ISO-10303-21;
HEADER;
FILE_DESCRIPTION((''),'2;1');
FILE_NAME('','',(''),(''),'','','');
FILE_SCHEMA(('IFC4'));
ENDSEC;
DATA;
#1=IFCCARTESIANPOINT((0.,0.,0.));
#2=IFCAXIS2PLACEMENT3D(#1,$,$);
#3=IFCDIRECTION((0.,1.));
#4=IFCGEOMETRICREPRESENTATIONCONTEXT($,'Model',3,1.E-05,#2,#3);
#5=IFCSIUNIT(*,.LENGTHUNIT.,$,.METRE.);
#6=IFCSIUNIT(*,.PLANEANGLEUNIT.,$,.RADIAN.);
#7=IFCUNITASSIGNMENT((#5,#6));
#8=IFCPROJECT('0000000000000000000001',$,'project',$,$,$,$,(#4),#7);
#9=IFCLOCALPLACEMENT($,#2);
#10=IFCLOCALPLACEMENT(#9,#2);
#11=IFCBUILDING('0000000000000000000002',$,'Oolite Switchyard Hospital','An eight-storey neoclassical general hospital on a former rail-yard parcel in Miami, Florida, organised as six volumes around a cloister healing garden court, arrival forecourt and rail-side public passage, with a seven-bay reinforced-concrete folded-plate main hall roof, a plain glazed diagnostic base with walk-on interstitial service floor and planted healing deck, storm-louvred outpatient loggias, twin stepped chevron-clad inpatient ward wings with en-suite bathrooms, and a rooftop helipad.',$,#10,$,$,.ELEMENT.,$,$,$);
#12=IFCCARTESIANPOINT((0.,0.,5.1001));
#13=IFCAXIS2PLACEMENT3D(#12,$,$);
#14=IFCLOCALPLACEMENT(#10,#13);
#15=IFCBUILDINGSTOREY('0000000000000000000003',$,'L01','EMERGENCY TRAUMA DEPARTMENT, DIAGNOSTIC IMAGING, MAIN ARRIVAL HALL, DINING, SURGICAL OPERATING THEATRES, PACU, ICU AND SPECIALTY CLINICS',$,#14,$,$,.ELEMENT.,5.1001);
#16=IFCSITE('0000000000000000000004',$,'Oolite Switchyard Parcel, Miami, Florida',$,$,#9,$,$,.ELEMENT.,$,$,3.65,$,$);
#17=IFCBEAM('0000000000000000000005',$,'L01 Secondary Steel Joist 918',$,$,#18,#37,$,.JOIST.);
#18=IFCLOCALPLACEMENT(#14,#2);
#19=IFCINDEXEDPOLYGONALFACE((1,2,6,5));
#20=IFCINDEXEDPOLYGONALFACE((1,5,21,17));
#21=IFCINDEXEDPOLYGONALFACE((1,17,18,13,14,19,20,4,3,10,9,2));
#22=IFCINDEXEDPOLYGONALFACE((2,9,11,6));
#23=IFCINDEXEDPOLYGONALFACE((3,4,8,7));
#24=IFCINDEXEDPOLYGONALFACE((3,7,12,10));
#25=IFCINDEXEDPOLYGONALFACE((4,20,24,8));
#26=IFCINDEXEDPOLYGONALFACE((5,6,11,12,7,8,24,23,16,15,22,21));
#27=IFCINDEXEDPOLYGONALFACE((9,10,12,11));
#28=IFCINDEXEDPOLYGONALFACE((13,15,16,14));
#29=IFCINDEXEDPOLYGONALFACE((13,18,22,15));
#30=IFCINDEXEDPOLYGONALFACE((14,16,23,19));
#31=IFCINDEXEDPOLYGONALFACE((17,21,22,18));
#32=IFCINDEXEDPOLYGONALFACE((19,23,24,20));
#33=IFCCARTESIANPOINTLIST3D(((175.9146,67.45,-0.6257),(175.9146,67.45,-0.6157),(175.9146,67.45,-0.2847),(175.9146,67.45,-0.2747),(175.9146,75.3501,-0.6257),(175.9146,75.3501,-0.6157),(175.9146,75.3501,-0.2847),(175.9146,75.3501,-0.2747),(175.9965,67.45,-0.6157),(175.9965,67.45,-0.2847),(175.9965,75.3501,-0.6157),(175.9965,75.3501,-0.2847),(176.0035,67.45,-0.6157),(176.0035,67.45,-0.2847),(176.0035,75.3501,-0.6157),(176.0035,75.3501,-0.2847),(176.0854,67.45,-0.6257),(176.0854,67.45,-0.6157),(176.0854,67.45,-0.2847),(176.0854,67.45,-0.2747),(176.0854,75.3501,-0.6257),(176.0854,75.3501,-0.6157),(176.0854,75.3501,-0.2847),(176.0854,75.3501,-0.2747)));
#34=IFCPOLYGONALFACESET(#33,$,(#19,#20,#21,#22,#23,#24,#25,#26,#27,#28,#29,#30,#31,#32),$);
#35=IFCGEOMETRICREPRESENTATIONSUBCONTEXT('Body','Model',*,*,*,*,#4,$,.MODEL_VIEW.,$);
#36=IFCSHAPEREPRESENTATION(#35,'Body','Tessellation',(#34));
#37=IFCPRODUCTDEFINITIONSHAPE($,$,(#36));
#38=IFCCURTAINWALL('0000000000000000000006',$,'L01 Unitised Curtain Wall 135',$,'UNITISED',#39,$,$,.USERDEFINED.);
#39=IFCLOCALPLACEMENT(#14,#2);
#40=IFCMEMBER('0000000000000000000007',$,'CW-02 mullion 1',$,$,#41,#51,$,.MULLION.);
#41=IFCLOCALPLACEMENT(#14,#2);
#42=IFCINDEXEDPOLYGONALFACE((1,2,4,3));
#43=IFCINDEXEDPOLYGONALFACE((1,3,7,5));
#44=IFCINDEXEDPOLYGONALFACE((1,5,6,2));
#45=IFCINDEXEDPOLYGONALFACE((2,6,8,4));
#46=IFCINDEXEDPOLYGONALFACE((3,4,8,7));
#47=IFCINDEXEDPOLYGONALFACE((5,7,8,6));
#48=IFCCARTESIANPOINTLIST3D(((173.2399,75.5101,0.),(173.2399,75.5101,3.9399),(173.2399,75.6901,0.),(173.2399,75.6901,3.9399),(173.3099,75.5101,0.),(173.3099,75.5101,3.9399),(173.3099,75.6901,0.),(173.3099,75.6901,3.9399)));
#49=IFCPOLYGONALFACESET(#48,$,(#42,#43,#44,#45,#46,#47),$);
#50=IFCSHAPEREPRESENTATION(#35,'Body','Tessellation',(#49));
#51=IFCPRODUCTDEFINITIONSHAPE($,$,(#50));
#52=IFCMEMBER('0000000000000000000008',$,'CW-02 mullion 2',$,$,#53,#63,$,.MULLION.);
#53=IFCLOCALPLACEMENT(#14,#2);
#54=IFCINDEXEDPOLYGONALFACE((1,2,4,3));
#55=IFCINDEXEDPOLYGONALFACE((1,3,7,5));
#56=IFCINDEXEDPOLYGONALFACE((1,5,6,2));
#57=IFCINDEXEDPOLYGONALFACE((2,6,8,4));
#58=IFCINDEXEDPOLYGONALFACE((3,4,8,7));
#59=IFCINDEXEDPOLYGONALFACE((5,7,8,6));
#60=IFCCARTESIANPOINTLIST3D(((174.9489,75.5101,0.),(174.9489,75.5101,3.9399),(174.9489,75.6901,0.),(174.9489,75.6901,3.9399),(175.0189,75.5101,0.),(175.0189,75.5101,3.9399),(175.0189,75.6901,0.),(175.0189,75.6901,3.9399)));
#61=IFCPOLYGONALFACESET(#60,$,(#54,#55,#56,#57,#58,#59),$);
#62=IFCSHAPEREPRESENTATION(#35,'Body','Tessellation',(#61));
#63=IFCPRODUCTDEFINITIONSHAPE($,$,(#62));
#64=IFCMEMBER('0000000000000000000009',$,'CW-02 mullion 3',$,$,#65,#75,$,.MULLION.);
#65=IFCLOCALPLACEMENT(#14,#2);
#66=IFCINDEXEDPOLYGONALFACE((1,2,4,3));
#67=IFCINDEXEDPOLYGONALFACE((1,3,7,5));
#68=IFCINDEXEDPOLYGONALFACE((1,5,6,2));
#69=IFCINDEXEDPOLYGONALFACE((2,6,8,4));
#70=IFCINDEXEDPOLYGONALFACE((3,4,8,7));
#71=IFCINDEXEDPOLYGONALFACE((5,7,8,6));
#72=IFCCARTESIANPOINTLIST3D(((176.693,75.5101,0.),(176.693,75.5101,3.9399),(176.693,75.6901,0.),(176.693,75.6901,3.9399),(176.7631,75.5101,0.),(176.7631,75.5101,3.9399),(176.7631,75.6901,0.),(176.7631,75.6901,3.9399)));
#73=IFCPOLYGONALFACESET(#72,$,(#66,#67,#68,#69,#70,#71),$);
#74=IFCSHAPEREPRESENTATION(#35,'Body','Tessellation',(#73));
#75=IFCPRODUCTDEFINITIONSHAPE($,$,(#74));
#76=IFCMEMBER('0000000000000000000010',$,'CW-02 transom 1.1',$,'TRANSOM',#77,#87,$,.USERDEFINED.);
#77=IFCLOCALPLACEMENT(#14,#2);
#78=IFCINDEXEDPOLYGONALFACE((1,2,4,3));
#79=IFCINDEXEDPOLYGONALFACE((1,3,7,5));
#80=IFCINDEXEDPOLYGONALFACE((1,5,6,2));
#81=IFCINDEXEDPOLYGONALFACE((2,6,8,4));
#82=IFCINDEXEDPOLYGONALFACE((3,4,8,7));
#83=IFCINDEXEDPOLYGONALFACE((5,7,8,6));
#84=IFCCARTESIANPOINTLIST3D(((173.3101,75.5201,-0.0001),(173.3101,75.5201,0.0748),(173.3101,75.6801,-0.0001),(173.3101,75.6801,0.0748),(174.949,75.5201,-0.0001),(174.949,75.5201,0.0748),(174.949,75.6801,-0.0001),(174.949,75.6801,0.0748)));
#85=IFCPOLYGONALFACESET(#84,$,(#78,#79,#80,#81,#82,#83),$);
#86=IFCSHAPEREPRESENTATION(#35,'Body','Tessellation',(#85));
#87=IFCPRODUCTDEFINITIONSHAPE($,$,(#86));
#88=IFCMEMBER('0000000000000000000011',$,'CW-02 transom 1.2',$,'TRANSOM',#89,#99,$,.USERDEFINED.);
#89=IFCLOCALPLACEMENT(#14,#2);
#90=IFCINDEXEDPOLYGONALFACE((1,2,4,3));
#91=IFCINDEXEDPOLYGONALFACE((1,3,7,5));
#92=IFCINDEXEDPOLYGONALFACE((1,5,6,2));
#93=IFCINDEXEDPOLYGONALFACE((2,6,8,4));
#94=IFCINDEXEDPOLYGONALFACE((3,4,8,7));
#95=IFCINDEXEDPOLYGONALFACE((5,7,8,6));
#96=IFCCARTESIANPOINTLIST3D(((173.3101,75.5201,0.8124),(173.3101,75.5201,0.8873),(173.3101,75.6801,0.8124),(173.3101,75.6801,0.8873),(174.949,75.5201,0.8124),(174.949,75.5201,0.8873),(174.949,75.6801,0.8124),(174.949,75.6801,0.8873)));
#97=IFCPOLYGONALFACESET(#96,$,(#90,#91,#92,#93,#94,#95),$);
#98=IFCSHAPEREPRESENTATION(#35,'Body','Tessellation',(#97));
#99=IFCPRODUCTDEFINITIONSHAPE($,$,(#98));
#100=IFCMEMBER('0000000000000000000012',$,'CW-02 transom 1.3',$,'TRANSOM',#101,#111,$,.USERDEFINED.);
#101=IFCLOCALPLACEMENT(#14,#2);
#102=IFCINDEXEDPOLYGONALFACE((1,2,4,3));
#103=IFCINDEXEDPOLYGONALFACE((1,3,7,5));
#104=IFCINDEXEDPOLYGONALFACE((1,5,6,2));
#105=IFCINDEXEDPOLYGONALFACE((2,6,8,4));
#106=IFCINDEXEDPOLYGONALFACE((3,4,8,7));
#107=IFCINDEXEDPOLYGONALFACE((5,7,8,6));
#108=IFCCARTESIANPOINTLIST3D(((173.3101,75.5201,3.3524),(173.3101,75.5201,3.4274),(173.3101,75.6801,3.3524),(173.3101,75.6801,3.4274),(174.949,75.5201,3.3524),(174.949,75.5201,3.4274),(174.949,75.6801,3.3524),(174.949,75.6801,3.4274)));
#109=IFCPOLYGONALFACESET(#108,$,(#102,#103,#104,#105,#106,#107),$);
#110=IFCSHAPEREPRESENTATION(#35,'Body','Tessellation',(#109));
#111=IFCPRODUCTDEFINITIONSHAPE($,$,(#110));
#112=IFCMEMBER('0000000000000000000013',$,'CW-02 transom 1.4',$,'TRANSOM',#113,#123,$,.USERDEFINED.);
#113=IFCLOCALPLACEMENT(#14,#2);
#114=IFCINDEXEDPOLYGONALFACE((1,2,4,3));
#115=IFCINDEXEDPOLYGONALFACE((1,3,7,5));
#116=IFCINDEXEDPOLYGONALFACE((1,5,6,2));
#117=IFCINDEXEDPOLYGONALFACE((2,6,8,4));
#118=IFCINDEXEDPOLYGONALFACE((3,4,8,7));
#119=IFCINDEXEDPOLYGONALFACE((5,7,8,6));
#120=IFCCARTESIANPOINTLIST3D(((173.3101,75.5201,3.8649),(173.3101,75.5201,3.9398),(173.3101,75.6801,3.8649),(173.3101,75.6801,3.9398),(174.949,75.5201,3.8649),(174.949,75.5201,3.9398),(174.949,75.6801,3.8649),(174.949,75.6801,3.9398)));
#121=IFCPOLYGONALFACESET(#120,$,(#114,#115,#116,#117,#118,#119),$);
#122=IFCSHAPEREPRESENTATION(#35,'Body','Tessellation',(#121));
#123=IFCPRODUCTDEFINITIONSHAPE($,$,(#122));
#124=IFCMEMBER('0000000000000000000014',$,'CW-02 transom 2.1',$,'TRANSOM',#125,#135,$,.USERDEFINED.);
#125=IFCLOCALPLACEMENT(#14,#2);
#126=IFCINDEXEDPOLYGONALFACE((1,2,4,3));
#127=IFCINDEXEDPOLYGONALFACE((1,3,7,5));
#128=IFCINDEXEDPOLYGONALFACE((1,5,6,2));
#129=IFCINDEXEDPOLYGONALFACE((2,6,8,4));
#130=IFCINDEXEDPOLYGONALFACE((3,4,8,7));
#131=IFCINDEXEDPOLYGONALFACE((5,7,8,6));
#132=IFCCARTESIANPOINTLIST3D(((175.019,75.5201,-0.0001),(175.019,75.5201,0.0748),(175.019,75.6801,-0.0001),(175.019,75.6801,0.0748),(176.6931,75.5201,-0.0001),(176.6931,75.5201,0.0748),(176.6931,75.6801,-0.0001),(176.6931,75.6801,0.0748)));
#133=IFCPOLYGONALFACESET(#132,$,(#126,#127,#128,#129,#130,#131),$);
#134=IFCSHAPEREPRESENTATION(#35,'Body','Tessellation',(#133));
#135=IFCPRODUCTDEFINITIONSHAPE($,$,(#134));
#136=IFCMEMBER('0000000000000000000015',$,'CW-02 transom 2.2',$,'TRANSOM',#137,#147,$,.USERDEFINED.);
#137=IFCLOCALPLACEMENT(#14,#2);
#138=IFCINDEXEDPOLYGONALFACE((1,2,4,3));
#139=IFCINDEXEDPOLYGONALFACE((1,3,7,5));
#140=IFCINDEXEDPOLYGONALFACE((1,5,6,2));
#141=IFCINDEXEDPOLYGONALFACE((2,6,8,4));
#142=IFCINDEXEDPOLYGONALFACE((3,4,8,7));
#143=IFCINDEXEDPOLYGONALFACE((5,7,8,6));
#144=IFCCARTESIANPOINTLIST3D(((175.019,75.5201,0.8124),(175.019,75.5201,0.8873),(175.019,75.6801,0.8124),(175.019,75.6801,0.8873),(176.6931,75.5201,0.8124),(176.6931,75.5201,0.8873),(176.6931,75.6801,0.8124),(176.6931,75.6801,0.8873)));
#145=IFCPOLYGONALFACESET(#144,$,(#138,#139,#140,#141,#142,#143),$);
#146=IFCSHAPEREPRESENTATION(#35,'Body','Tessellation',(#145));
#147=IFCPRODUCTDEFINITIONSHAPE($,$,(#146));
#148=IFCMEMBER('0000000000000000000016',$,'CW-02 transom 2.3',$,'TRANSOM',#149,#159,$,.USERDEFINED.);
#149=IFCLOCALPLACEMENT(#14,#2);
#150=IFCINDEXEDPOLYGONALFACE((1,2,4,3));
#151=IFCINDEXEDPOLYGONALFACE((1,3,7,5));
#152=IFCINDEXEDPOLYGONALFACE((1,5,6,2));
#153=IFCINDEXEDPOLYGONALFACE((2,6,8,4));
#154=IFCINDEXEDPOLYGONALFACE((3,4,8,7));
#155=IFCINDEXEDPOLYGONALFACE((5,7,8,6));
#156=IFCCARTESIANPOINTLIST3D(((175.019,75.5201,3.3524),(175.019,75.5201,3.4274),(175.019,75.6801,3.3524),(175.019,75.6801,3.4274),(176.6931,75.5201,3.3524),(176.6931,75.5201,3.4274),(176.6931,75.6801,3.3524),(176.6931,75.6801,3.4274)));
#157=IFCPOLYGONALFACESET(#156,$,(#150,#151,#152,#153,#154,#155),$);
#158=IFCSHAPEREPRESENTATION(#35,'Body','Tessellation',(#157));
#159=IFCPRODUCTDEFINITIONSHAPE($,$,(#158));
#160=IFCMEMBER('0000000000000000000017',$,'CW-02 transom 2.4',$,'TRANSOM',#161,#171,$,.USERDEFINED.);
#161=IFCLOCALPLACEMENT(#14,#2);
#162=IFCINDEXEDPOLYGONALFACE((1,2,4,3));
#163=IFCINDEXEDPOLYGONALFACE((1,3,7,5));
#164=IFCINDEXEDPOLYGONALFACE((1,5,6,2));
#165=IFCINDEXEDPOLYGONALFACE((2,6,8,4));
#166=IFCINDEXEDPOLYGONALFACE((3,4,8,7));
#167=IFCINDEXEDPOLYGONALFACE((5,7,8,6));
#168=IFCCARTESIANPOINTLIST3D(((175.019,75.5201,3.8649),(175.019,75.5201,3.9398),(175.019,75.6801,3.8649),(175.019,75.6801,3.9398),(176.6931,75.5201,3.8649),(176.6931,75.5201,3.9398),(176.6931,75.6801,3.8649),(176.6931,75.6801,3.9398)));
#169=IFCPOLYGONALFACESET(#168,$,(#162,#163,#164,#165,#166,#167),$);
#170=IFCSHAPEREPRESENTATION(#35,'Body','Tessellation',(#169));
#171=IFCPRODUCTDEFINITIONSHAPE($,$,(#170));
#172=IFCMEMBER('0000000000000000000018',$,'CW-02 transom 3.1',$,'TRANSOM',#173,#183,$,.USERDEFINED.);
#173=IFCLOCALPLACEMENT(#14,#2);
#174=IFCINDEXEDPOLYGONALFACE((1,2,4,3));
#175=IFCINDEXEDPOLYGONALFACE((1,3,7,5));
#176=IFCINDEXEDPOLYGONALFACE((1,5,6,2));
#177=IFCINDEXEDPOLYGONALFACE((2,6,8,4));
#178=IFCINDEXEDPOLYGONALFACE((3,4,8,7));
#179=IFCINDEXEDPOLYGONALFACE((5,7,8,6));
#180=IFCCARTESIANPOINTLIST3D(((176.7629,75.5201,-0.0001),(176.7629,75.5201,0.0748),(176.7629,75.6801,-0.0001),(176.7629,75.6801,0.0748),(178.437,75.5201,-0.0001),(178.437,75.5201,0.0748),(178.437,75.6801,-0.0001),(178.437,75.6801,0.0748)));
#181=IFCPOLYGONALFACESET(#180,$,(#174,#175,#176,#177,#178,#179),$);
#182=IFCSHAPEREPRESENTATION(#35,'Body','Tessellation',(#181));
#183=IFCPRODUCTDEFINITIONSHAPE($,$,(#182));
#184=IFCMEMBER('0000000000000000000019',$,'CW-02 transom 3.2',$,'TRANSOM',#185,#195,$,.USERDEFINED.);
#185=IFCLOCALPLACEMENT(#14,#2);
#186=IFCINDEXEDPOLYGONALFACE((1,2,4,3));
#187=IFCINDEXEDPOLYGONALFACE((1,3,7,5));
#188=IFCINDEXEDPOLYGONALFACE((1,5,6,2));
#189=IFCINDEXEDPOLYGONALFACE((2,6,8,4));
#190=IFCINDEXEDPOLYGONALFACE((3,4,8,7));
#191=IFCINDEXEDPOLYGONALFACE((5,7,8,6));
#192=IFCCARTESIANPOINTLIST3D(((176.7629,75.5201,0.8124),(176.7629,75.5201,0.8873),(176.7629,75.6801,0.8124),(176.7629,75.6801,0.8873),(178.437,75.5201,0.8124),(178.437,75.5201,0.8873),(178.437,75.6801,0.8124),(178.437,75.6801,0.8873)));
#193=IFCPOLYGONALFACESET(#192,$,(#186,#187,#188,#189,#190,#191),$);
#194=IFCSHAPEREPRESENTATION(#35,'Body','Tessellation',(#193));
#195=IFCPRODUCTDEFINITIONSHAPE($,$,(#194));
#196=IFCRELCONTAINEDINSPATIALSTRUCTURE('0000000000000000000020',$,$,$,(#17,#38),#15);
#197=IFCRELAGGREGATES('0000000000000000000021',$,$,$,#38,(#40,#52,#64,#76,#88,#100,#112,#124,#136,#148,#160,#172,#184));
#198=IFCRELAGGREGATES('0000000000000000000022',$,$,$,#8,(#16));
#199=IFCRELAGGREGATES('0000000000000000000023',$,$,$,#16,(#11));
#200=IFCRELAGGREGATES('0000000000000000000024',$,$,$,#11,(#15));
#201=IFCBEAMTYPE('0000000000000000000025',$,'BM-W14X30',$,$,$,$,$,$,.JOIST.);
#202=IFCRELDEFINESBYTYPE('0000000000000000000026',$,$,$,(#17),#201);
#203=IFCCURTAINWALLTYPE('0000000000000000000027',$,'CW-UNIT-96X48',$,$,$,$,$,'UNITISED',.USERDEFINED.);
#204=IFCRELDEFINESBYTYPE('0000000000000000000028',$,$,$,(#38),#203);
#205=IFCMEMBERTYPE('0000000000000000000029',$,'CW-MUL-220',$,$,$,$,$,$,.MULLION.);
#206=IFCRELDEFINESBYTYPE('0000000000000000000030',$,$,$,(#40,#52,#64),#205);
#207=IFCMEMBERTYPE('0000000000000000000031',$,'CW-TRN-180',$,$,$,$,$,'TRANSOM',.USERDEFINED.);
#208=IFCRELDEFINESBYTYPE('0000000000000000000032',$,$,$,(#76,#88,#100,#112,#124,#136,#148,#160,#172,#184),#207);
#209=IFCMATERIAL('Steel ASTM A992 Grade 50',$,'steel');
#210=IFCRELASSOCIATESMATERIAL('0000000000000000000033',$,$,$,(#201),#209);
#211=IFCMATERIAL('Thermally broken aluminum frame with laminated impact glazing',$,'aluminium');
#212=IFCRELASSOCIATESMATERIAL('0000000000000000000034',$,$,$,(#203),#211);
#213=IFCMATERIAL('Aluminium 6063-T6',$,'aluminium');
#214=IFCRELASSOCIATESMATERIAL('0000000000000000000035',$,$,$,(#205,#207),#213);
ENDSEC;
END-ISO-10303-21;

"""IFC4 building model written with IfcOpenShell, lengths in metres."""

from ifc_helpers import new_model, si_unit, direction, frame, origin, origin_2d, place, context, subcontext, project, spatial, rectangle, i_section, extrude, material, material_profile, profile_set, type_object, element, aggregate, save


model = new_model("IFC4")

# Units and contexts
model_context = context("Model", 3, precision=1e-05, world=origin(), true_north=direction((0.0, 1.0)))
body_context = subcontext(model_context, "Body", "Model", "MODEL_VIEW")
ifc_project = project(units=[si_unit("LENGTHUNIT", "METRE"), si_unit("PLANEANGLEUNIT", "RADIAN")], contexts=[model_context])

# Site, building, storey
site_placement = place(None, origin())
site = spatial("IfcSite", under=ifc_project, at=site_placement, Name="Oolite Switchyard Parcel, Miami, Florida", CompositionType="ELEMENT", RefElevation=3.65)
building_placement = place(site_placement, origin())
building = spatial("IfcBuilding", under=site, at=building_placement, Name="Oolite Switchyard Hospital", Description="An eight-storey neoclassical general hospital on a former rail-yard parcel in Miami, Florida, organised as six volumes around a cloister healing garden court, arrival forecourt and rail-side public passage, with a seven-bay reinforced-concrete folded-plate main hall roof, a plain glazed diagnostic base with walk-on interstitial service floor and planted healing deck, storm-louvred outpatient loggias, twin stepped chevron-clad inpatient ward wings with en-suite bathrooms, and a rooftop helipad.", CompositionType="ELEMENT")
storey_placement = place(building_placement, frame((0.0, 0.0, 5.1001)))
storey = spatial("IfcBuildingStorey", under=building, at=storey_placement, Name="L01", Description="EMERGENCY TRAUMA DEPARTMENT, DIAGNOSTIC IMAGING, MAIN ARRIVAL HALL, DINING, SURGICAL OPERATING THEATRES, PACU, ICU AND SPECIALTY CLINICS", CompositionType="ELEMENT", Elevation=5.1001)

# Beam
ifc_material_1 = material(Name="Steel ASTM A992 Grade 50", Category="steel")
ifc_material_profile_1 = material_profile(ifc_material_1, i_section(OverallWidth=0.1709, OverallDepth=0.3511, WebThickness=0.0071, FlangeThickness=0.01, at=origin_2d()), Name="W14X30")
ifc_profile_set_1 = profile_set([ifc_material_profile_1], Name="Steel ASTM A992 Grade 50")
beam_type = type_object("IfcBeamType", Name="BM-W14X30", PredefinedType="JOIST", material=ifc_profile_set_1)
beam_placement = place(storey_placement, frame((176.0, 67.45, -0.4502), z_axis=(0.0, 1.0, 0.0), x_axis=(-1.0, 0.0, 0.0)))
element("IfcBeam", 1, at=beam_placement, inside=storey, type_object=beam_type, Name="L01 Secondary Steel Joist 918", PredefinedType="JOIST", context=body_context, shape_type="SweptSolid", body=[
    extrude(i_section(OverallWidth=0.1709, OverallDepth=0.3511, WebThickness=0.0071, FlangeThickness=0.01, at=origin_2d()), origin(), (0.0, 0.0, 1.0), 7.9001),
])

# Curtain wall, members
ifc_material_2 = material(Name="Thermally broken aluminum frame with laminated impact glazing", Category="aluminium")
curtain_wall_type = type_object("IfcCurtainWallType", Name="CW-UNIT-96X48", ElementType="UNITISED", PredefinedType="USERDEFINED", material=ifc_material_2)
curtain_wall_placement = place(storey_placement, origin())
curtain_wall = element("IfcCurtainWall", 2, at=curtain_wall_placement, inside=storey, type_object=curtain_wall_type, Name="L01 Unitised Curtain Wall 135", ObjectType="UNITISED", PredefinedType="USERDEFINED")
ifc_material_3 = material(Name="Aluminium 6063-T6", Category="aluminium")
ifc_material_profile_2 = material_profile(ifc_material_3, rectangle(XDim=0.1799, YDim=0.0701, at=origin_2d()), Name="CWM70X180")
ifc_profile_set_2 = profile_set([ifc_material_profile_2], Name="Aluminium 6063-T6")
member_type_1 = type_object("IfcMemberType", Name="CW-MUL-220", PredefinedType="MULLION", material=ifc_profile_set_2)
member_1_placement = place(storey_placement, frame((173.2749, 75.6001, 0.0), z_axis=(0.0, 0.0, 1.0), x_axis=(0.0, 1.0, 0.0)))
member_1 = element("IfcMember", 3, at=member_1_placement, type_object=member_type_1, Name="CW-02 mullion 1", PredefinedType="MULLION", context=body_context, shape_type="SweptSolid", body=[
    extrude(rectangle(XDim=0.1799, YDim=0.0701, at=origin_2d()), origin(), (0.0, 0.0, 1.0), 3.9399),
])
member_2_placement = place(storey_placement, frame((174.9839, 75.6001, 0.0), z_axis=(0.0, 0.0, 1.0), x_axis=(0.0, 1.0, 0.0)))
member_2 = element("IfcMember", 4, at=member_2_placement, type_object=member_type_1, Name="CW-02 mullion 2", PredefinedType="MULLION", context=body_context, shape_type="SweptSolid", body=[
    extrude(rectangle(XDim=0.1799, YDim=0.0701, at=origin_2d()), origin(), (0.0, 0.0, 1.0), 3.9399),
])
member_3_placement = place(storey_placement, frame((176.728, 75.6001, 0.0), z_axis=(0.0, 0.0, 1.0), x_axis=(0.0, 1.0, 0.0)))
member_3 = element("IfcMember", 5, at=member_3_placement, type_object=member_type_1, Name="CW-02 mullion 3", PredefinedType="MULLION", context=body_context, shape_type="SweptSolid", body=[
    extrude(rectangle(XDim=0.1799, YDim=0.0701, at=origin_2d()), origin(), (0.0, 0.0, 1.0), 3.9399),
])
ifc_material_profile_3 = material_profile(ifc_material_3, rectangle(XDim=0.1599, YDim=0.075, at=origin_2d()), Name="CWT75X160")
ifc_profile_set_3 = profile_set([ifc_material_profile_3], Name="Aluminium 6063-T6")
member_type_2 = type_object("IfcMemberType", Name="CW-TRN-180", ElementType="TRANSOM", PredefinedType="USERDEFINED", material=ifc_profile_set_3)
member_4_placement = place(storey_placement, frame((173.3101, 75.6001, 0.0374), z_axis=(1.0, 0.0, 0.0), x_axis=(0.0, 1.0, 0.0)))
member_4 = element("IfcMember", 6, at=member_4_placement, type_object=member_type_2, Name="CW-02 transom 1.1", ObjectType="TRANSOM", PredefinedType="USERDEFINED", context=body_context, shape_type="SweptSolid", body=[
    extrude(rectangle(XDim=0.1599, YDim=0.075, at=origin_2d()), origin(), (0.0, 0.0, 1.0), 1.6389),
])
member_5_placement = place(storey_placement, frame((173.3101, 75.6001, 0.8499), z_axis=(1.0, 0.0, 0.0), x_axis=(0.0, 1.0, 0.0)))
member_5 = element("IfcMember", 7, at=member_5_placement, type_object=member_type_2, Name="CW-02 transom 1.2", ObjectType="TRANSOM", PredefinedType="USERDEFINED", context=body_context, shape_type="SweptSolid", body=[
    extrude(rectangle(XDim=0.1599, YDim=0.075, at=origin_2d()), origin(), (0.0, 0.0, 1.0), 1.6389),
])
member_6_placement = place(storey_placement, frame((173.3101, 75.6001, 3.3899), z_axis=(1.0, 0.0, 0.0), x_axis=(0.0, 1.0, 0.0)))
member_6 = element("IfcMember", 8, at=member_6_placement, type_object=member_type_2, Name="CW-02 transom 1.3", ObjectType="TRANSOM", PredefinedType="USERDEFINED", context=body_context, shape_type="SweptSolid", body=[
    extrude(rectangle(XDim=0.1599, YDim=0.075, at=origin_2d()), origin(), (0.0, 0.0, 1.0), 1.6389),
])
member_7_placement = place(storey_placement, frame((173.3101, 75.6001, 3.9023), z_axis=(1.0, 0.0, 0.0), x_axis=(0.0, 1.0, 0.0)))
member_7 = element("IfcMember", 9, at=member_7_placement, type_object=member_type_2, Name="CW-02 transom 1.4", ObjectType="TRANSOM", PredefinedType="USERDEFINED", context=body_context, shape_type="SweptSolid", body=[
    extrude(rectangle(XDim=0.1599, YDim=0.075, at=origin_2d()), origin(), (0.0, 0.0, 1.0), 1.6389),
])
member_8_placement = place(storey_placement, frame((175.019, 75.6001, 0.0374), z_axis=(1.0, 0.0, 0.0), x_axis=(0.0, 1.0, 0.0)))
member_8 = element("IfcMember", 10, at=member_8_placement, type_object=member_type_2, Name="CW-02 transom 2.1", ObjectType="TRANSOM", PredefinedType="USERDEFINED", context=body_context, shape_type="SweptSolid", body=[
    extrude(rectangle(XDim=0.1599, YDim=0.075, at=origin_2d()), origin(), (0.0, 0.0, 1.0), 1.6741),
])
member_9_placement = place(storey_placement, frame((175.019, 75.6001, 0.8499), z_axis=(1.0, 0.0, 0.0), x_axis=(0.0, 1.0, 0.0)))
member_9 = element("IfcMember", 11, at=member_9_placement, type_object=member_type_2, Name="CW-02 transom 2.2", ObjectType="TRANSOM", PredefinedType="USERDEFINED", context=body_context, shape_type="SweptSolid", body=[
    extrude(rectangle(XDim=0.1599, YDim=0.075, at=origin_2d()), origin(), (0.0, 0.0, 1.0), 1.6741),
])
member_10_placement = place(storey_placement, frame((175.019, 75.6001, 3.3899), z_axis=(1.0, 0.0, 0.0), x_axis=(0.0, 1.0, 0.0)))
member_10 = element("IfcMember", 12, at=member_10_placement, type_object=member_type_2, Name="CW-02 transom 2.3", ObjectType="TRANSOM", PredefinedType="USERDEFINED", context=body_context, shape_type="SweptSolid", body=[
    extrude(rectangle(XDim=0.1599, YDim=0.075, at=origin_2d()), origin(), (0.0, 0.0, 1.0), 1.6741),
])
member_11_placement = place(storey_placement, frame((175.019, 75.6001, 3.9023), z_axis=(1.0, 0.0, 0.0), x_axis=(0.0, 1.0, 0.0)))
member_11 = element("IfcMember", 13, at=member_11_placement, type_object=member_type_2, Name="CW-02 transom 2.4", ObjectType="TRANSOM", PredefinedType="USERDEFINED", context=body_context, shape_type="SweptSolid", body=[
    extrude(rectangle(XDim=0.1599, YDim=0.075, at=origin_2d()), origin(), (0.0, 0.0, 1.0), 1.6741),
])
member_12_placement = place(storey_placement, frame((176.7629, 75.6001, 0.0374), z_axis=(1.0, 0.0, 0.0), x_axis=(0.0, 1.0, 0.0)))
member_12 = element("IfcMember", 14, at=member_12_placement, type_object=member_type_2, Name="CW-02 transom 3.1", ObjectType="TRANSOM", PredefinedType="USERDEFINED", context=body_context, shape_type="SweptSolid", body=[
    extrude(rectangle(XDim=0.1599, YDim=0.075, at=origin_2d()), origin(), (0.0, 0.0, 1.0), 1.6741),
])
member_13_placement = place(storey_placement, frame((176.7629, 75.6001, 0.8499), z_axis=(1.0, 0.0, 0.0), x_axis=(0.0, 1.0, 0.0)))
member_13 = element("IfcMember", 15, at=member_13_placement, type_object=member_type_2, Name="CW-02 transom 3.2", ObjectType="TRANSOM", PredefinedType="USERDEFINED", context=body_context, shape_type="SweptSolid", body=[
    extrude(rectangle(XDim=0.1599, YDim=0.075, at=origin_2d()), origin(), (0.0, 0.0, 1.0), 1.6741),
])
aggregate(curtain_wall, [member_1, member_2, member_3, member_4, member_5, member_6, member_7, member_8, member_9, member_10, member_11, member_12, member_13])

save(model, "model.ifc")
